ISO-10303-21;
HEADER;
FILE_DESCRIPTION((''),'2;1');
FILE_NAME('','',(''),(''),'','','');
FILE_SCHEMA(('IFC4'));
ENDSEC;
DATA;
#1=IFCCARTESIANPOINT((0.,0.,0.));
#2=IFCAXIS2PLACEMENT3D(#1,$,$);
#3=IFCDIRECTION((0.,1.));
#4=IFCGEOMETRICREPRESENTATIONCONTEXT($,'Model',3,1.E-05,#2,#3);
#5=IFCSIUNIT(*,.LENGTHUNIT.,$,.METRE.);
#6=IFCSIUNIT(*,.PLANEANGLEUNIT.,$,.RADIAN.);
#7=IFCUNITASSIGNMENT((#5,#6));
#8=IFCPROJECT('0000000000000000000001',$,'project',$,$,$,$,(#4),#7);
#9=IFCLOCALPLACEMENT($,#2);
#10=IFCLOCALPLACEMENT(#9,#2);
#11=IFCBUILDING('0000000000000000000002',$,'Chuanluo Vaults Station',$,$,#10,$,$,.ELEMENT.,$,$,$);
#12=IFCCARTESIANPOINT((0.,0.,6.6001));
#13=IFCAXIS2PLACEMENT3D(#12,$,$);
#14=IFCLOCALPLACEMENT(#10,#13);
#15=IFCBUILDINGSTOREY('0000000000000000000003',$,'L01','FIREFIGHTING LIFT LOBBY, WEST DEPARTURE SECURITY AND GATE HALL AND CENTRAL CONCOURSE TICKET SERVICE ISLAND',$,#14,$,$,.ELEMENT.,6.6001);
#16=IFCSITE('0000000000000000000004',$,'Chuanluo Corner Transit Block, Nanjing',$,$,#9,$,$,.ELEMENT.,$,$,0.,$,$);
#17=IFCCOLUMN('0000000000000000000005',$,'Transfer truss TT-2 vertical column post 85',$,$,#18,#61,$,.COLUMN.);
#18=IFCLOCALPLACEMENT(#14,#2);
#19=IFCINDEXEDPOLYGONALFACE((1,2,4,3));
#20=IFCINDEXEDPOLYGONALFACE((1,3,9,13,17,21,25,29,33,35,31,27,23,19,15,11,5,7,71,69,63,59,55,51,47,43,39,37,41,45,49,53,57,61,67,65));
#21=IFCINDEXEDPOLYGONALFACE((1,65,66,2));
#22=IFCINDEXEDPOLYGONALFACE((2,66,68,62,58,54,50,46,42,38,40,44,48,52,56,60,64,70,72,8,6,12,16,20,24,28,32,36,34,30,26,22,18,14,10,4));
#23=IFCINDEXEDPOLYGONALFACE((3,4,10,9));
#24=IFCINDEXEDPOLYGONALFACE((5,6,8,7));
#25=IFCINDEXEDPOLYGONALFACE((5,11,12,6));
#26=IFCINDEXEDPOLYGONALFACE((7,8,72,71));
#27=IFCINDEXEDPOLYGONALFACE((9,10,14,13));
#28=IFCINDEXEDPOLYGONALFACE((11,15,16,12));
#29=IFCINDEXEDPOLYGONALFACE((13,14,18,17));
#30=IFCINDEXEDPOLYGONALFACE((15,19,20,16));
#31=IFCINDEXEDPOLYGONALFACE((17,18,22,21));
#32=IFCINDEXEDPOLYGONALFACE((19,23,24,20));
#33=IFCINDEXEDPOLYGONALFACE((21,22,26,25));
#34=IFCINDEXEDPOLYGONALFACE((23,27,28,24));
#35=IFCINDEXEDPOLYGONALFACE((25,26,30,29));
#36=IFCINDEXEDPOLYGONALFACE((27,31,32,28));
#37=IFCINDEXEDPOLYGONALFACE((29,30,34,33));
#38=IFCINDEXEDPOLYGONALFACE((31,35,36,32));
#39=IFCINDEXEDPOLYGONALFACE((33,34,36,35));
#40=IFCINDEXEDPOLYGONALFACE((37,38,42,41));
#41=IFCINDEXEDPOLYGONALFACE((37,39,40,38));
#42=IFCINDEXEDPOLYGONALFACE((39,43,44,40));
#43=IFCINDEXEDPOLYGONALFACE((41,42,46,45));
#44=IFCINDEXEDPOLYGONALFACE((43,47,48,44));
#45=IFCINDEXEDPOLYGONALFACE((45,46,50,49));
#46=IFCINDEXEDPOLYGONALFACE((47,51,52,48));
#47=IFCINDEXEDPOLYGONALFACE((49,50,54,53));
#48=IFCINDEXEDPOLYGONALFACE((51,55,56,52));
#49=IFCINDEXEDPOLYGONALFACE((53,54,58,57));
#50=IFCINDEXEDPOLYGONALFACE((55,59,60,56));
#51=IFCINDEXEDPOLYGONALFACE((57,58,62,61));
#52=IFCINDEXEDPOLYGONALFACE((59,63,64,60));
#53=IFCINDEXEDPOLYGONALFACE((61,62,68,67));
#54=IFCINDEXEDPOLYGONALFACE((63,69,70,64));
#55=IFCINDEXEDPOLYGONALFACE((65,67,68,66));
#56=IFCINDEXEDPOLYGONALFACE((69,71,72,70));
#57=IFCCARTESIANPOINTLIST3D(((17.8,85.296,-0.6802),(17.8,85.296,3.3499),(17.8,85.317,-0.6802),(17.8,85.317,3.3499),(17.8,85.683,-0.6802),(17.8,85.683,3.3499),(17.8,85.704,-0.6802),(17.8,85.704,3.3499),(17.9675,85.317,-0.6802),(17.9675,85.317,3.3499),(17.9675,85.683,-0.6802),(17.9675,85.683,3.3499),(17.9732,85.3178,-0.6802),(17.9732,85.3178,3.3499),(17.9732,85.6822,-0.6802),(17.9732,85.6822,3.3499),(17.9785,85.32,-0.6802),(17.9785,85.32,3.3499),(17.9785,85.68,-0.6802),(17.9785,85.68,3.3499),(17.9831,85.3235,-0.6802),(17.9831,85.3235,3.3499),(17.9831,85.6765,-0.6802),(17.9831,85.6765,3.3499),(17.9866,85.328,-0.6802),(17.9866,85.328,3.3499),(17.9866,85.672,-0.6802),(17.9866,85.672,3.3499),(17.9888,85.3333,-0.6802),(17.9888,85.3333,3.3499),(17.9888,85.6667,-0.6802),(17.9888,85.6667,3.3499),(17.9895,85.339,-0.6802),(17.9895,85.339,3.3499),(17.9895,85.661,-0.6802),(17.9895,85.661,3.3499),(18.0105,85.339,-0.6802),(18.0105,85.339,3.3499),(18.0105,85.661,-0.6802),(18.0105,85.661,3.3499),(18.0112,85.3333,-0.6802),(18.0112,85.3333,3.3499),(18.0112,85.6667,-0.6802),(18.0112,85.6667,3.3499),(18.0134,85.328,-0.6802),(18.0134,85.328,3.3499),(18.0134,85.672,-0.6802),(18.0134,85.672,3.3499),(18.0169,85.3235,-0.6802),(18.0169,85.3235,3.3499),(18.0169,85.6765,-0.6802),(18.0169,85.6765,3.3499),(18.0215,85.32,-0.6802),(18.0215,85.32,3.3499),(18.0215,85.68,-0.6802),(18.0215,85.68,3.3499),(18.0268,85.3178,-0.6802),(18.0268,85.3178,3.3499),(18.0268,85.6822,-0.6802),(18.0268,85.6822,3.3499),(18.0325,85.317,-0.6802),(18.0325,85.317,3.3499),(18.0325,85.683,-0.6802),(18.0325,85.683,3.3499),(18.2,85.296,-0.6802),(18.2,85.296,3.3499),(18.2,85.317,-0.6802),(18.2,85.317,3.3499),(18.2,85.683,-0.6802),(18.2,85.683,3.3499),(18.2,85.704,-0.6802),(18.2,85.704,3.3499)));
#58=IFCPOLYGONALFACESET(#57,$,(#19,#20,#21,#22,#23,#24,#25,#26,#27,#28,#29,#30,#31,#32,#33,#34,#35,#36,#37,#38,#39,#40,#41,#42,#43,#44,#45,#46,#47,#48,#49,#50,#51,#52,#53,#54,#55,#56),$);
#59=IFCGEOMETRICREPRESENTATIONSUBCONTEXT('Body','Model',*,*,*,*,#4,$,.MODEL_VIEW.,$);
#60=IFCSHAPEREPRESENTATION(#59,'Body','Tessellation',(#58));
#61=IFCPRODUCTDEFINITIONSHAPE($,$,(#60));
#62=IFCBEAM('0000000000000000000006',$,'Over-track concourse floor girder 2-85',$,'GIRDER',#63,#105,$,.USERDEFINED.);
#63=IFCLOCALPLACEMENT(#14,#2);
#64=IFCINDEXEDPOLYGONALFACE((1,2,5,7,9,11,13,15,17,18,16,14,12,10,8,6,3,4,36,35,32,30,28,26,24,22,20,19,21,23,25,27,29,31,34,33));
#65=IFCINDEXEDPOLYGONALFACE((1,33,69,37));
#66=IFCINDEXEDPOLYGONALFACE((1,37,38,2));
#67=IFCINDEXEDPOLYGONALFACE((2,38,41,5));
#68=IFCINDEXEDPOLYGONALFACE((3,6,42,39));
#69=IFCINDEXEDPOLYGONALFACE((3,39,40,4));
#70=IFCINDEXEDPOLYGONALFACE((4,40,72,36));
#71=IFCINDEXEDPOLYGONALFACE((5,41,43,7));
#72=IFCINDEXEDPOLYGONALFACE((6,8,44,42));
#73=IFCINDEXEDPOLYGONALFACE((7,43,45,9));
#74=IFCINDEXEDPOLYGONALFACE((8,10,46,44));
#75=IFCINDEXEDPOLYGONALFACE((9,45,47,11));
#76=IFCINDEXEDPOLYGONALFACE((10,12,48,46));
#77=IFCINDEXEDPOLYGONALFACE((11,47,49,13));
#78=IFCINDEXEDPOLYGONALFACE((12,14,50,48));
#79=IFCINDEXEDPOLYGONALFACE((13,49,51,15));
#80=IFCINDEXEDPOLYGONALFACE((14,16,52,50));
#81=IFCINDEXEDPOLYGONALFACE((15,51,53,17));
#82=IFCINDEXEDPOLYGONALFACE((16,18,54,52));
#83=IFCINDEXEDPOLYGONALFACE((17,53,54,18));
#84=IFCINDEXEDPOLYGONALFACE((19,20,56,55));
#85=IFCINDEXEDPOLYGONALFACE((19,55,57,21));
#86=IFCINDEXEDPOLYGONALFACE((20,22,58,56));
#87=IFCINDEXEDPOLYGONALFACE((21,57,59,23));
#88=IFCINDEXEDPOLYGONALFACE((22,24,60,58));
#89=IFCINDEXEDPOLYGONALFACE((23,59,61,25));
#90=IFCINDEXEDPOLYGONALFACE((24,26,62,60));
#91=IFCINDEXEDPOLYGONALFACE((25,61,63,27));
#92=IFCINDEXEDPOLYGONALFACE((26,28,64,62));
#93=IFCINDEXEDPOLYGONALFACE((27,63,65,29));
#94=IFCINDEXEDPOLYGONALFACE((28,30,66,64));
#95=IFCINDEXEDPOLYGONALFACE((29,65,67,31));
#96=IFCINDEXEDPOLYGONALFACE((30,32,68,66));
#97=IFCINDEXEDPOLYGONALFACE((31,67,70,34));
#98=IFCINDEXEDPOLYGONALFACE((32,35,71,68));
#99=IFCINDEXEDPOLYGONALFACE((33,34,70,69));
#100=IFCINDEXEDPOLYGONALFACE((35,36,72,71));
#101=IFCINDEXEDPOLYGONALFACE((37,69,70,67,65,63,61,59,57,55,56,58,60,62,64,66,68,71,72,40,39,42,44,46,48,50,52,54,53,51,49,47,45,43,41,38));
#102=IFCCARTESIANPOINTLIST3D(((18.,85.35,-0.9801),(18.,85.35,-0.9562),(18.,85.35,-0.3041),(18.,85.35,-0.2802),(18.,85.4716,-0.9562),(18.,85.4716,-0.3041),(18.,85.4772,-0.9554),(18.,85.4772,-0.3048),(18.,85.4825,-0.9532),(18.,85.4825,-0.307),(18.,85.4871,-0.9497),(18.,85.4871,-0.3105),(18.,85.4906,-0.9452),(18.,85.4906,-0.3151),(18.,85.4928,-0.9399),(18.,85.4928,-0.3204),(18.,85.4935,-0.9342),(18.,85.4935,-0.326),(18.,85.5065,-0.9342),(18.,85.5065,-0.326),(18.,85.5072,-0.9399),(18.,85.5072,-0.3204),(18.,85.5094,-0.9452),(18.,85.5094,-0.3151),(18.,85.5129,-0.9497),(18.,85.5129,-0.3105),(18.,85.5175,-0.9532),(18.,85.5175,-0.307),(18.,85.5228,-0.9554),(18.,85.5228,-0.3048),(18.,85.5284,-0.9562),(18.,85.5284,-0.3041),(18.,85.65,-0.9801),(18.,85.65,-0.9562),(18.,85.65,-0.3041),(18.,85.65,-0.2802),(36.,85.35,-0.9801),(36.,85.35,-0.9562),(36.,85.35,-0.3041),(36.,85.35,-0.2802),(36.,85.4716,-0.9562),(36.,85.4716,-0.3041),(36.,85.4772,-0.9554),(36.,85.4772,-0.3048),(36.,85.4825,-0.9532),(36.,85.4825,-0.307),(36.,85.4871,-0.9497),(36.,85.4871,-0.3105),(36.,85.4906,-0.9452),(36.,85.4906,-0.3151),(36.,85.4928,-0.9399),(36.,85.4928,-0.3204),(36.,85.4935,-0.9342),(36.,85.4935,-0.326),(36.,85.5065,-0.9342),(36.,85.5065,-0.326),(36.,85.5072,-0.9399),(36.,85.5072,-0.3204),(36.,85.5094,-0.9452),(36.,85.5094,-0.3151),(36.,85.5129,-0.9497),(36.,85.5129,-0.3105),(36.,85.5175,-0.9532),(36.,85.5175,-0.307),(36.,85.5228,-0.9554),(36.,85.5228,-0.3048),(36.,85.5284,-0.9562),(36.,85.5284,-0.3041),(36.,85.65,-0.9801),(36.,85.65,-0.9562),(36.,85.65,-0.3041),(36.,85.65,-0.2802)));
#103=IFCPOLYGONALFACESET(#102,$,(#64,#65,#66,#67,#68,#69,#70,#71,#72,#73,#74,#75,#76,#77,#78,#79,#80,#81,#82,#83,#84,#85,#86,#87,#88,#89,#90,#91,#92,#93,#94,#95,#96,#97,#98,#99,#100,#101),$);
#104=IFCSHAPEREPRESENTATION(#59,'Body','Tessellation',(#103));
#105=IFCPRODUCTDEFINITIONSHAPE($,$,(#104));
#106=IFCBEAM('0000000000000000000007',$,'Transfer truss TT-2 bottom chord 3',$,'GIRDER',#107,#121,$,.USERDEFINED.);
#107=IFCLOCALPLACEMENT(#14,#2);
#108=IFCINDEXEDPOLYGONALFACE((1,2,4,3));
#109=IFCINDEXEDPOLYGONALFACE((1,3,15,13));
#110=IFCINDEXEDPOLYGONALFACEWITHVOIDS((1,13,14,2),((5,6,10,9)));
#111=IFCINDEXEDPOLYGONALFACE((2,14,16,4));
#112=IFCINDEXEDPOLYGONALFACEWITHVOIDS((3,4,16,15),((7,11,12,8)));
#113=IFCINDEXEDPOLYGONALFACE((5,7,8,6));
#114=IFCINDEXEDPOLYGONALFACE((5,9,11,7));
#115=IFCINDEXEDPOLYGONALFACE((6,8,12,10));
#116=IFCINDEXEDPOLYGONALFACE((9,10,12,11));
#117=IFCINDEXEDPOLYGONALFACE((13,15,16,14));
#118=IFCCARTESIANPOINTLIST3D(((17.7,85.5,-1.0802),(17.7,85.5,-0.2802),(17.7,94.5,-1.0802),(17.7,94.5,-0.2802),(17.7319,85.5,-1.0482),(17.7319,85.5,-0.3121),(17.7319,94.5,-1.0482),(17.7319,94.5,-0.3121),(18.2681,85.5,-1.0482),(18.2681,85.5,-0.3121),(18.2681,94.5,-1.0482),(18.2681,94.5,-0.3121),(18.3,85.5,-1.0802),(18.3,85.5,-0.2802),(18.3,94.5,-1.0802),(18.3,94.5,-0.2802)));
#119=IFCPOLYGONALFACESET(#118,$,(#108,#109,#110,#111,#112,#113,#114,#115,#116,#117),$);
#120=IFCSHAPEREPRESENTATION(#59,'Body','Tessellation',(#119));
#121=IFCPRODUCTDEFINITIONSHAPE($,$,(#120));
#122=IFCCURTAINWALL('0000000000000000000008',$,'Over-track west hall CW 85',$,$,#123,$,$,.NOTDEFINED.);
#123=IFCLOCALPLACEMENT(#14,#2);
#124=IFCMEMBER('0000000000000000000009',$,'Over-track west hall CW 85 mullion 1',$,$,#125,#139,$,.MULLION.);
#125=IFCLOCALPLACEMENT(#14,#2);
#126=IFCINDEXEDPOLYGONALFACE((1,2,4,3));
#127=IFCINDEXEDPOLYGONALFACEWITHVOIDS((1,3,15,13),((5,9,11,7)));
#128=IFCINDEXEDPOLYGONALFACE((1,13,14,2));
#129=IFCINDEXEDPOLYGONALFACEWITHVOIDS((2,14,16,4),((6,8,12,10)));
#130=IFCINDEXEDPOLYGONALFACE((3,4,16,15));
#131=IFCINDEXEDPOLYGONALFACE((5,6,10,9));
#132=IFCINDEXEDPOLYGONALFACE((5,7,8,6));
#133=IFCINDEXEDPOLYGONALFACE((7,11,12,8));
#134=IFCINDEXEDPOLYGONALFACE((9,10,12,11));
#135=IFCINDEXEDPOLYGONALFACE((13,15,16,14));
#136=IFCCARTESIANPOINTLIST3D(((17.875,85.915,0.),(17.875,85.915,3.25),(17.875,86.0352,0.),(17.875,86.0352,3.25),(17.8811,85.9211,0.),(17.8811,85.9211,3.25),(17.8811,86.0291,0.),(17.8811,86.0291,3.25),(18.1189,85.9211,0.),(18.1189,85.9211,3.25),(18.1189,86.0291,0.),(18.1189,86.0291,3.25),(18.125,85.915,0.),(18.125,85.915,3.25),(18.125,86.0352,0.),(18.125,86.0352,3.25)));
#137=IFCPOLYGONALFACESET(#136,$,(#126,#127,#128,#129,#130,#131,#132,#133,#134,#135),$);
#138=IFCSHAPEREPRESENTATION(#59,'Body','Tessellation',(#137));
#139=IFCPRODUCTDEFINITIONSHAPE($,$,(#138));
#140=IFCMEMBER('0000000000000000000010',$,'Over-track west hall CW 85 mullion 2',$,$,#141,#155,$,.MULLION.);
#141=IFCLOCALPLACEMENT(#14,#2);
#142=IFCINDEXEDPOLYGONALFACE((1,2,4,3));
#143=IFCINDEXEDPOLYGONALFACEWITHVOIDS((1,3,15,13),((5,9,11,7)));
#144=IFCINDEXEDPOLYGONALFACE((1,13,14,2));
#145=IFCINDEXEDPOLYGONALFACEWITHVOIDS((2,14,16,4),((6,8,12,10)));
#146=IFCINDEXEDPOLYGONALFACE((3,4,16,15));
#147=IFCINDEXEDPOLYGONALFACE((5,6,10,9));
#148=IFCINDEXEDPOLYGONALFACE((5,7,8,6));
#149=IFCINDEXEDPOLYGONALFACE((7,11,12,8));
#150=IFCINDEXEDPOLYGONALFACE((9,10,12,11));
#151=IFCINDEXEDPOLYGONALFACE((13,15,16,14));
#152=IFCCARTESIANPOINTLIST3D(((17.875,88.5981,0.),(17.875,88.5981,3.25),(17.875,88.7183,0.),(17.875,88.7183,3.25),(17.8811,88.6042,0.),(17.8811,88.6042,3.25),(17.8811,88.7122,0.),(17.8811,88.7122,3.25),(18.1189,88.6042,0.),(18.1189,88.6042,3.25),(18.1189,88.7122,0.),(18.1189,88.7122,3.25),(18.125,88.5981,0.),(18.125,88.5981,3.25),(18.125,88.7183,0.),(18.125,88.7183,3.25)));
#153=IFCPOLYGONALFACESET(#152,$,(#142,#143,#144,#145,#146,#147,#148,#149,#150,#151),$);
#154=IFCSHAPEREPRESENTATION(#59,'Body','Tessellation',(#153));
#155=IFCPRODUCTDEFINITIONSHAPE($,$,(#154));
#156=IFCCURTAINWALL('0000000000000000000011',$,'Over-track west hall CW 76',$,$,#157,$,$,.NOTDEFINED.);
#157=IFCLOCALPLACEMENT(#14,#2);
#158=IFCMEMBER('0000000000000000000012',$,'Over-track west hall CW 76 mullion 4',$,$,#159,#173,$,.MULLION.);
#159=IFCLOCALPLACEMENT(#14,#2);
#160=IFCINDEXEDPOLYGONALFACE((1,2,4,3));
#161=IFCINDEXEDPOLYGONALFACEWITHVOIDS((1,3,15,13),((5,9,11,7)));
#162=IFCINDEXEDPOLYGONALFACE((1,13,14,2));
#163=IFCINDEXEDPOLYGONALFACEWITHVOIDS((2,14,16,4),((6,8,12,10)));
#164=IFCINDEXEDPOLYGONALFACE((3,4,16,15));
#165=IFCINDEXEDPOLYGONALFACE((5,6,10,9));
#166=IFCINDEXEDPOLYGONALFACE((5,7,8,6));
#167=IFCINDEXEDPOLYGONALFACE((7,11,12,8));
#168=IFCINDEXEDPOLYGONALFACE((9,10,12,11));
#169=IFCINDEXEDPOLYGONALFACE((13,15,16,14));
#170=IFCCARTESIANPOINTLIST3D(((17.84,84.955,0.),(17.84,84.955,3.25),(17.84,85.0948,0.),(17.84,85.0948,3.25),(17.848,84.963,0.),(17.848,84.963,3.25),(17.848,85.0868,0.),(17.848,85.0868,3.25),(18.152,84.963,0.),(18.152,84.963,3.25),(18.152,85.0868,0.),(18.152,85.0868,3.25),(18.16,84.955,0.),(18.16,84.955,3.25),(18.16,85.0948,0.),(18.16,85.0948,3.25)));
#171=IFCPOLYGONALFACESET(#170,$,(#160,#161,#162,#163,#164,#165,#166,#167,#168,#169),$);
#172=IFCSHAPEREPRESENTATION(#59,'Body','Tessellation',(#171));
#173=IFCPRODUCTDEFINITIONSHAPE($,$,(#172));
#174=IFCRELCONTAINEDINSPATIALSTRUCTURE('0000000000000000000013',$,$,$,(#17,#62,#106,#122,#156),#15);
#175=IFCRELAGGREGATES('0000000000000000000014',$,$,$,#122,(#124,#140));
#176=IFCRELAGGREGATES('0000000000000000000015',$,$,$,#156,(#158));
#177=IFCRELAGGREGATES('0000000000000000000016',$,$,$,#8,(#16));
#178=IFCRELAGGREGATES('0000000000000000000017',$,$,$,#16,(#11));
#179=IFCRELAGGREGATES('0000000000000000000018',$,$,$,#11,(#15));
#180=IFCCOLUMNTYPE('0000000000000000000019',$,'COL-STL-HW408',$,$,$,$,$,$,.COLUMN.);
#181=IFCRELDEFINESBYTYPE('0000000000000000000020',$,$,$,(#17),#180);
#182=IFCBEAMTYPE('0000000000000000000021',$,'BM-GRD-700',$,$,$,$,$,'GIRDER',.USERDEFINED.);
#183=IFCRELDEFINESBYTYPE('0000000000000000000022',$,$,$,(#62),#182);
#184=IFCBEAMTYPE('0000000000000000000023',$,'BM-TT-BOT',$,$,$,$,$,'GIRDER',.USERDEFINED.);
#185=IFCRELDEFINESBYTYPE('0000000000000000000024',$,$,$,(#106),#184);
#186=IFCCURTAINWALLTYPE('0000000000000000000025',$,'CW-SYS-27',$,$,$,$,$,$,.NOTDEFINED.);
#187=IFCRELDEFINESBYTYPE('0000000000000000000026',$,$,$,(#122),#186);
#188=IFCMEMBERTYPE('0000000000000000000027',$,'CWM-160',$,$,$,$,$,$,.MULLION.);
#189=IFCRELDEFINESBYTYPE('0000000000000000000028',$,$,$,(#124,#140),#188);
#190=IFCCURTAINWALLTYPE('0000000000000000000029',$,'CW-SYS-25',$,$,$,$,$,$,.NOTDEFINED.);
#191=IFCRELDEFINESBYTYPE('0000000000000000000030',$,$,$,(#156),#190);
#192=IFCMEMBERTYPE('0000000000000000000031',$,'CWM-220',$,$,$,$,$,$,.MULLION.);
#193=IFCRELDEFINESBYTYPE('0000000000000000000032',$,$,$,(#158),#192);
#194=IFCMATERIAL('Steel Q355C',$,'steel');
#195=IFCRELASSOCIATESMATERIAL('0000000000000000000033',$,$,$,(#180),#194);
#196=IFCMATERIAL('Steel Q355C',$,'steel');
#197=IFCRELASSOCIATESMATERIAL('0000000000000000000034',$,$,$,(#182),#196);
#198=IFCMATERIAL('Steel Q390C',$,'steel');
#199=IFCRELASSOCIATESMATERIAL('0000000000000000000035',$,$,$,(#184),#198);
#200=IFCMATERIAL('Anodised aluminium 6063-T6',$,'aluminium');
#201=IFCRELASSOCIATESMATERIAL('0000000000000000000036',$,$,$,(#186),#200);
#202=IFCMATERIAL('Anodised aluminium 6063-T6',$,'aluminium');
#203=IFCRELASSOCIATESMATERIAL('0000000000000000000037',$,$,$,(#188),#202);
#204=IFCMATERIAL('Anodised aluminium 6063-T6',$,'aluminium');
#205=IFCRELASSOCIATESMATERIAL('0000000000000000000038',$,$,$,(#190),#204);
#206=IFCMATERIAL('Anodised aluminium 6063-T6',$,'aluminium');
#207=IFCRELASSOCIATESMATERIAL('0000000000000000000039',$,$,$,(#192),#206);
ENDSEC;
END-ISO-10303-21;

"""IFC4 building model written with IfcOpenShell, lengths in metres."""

from ifc_helpers import new_model, si_unit, direction, frame, origin, origin_2d, place, context, subcontext, project, spatial, hollow_rectangle, i_section, extrude, material, material_profile, profile_set, type_object, element, aggregate, save


model = new_model("IFC4")

# Units and contexts
model_context = context("Model", 3, precision=1e-05, world=origin(), true_north=direction((0.0, 1.0)))
body_context = subcontext(model_context, "Body", "Model", "MODEL_VIEW")
ifc_project = project(units=[si_unit("LENGTHUNIT", "METRE"), si_unit("PLANEANGLEUNIT", "RADIAN")], contexts=[model_context])

# Site, building, storey
site_placement = place(None, origin())
site = spatial("IfcSite", under=ifc_project, at=site_placement, Name="Chuanluo Corner Transit Block, Nanjing", CompositionType="ELEMENT", RefElevation=0.0)
building_placement = place(site_placement, origin())
building = spatial("IfcBuilding", under=site, at=building_placement, Name="Chuanluo Vaults Station", CompositionType="ELEMENT")
storey_placement = place(building_placement, frame((0.0, 0.0, 6.6001)))
storey = spatial("IfcBuildingStorey", under=building, at=storey_placement, Name="L01", Description="FIREFIGHTING LIFT LOBBY, WEST DEPARTURE SECURITY AND GATE HALL AND CENTRAL CONCOURSE TICKET SERVICE ISLAND", CompositionType="ELEMENT", Elevation=6.6001)

# Column
ifc_material_1 = material(Name="Steel Q355C", Category="steel")
ifc_material_profile_1 = material_profile(ifc_material_1, i_section(OverallWidth=0.3999, OverallDepth=0.408, WebThickness=0.021, FlangeThickness=0.021, FilletRadius=0.022, at=origin_2d()))
ifc_profile_set_1 = profile_set([ifc_material_profile_1], Name="Steel Q355C")
column_type = type_object("IfcColumnType", Name="COL-STL-HW408", PredefinedType="COLUMN", material=ifc_profile_set_1)
column_placement = place(storey_placement, frame((18.0, 85.5, -0.6802), z_axis=(0.0, 0.0, 1.0), x_axis=(1.0, 0.0, 0.0)))
element("IfcColumn", 1, at=column_placement, inside=storey, type_object=column_type, Name="Transfer truss TT-2 vertical column post 85", PredefinedType="COLUMN", context=body_context, shape_type="SweptSolid", body=[
    extrude(i_section(OverallWidth=0.3999, OverallDepth=0.408, WebThickness=0.021, FlangeThickness=0.021, FilletRadius=0.022, at=origin_2d()), origin(), (0.0, 0.0, 1.0), 4.03),
])

# Beams
ifc_material_2 = material(Name="Steel Q355C", Category="steel")
ifc_material_profile_2 = material_profile(ifc_material_2, i_section(OverallWidth=0.3, OverallDepth=0.7, WebThickness=0.0129, FlangeThickness=0.0239, FilletRadius=0.022, at=origin_2d()))
ifc_profile_set_2 = profile_set([ifc_material_profile_2], Name="Steel Q355C")
beam_type_1 = type_object("IfcBeamType", Name="BM-GRD-700", ElementType="GIRDER", PredefinedType="USERDEFINED", material=ifc_profile_set_2)
beam_1_placement = place(storey_placement, frame((18.0, 85.5, -0.6301), z_axis=(1.0, 0.0, 0.0), x_axis=(0.0, 1.0, 0.0)))
element("IfcBeam", 2, at=beam_1_placement, inside=storey, type_object=beam_type_1, Name="Over-track concourse floor girder 2-85", ObjectType="GIRDER", PredefinedType="USERDEFINED", context=body_context, shape_type="SweptSolid", body=[
    extrude(i_section(OverallWidth=0.3, OverallDepth=0.7, WebThickness=0.0129, FlangeThickness=0.0239, FilletRadius=0.022, at=origin_2d()), origin(), (0.0, 0.0, 1.0), 18.0),
])
ifc_material_3 = material(Name="Steel Q390C", Category="steel")
ifc_material_profile_3 = material_profile(ifc_material_3, hollow_rectangle(XDim=0.6001, YDim=0.8, WallThickness=0.032, at=origin_2d()))
ifc_profile_set_3 = profile_set([ifc_material_profile_3], Name="Steel Q390C")
beam_type_2 = type_object("IfcBeamType", Name="BM-TT-BOT", ElementType="GIRDER", PredefinedType="USERDEFINED", material=ifc_profile_set_3)
beam_2_placement = place(storey_placement, frame((18.0, 85.5, -0.6802), z_axis=(0.0, 1.0, 0.0), x_axis=(-1.0, 0.0, 0.0)))
element("IfcBeam", 3, at=beam_2_placement, inside=storey, type_object=beam_type_2, Name="Transfer truss TT-2 bottom chord 3", ObjectType="GIRDER", PredefinedType="USERDEFINED", context=body_context, shape_type="SweptSolid", body=[
    extrude(hollow_rectangle(XDim=0.6001, YDim=0.8, WallThickness=0.032, at=origin_2d()), origin(), (0.0, 0.0, 1.0), 9.0),
])

# Curtain wall, members
ifc_material_4 = material(Name="Anodised aluminium 6063-T6", Category="aluminium")
curtain_wall_type_1 = type_object("IfcCurtainWallType", Name="CW-SYS-27", PredefinedType="NOTDEFINED", material=ifc_material_4)
curtain_wall_1_placement = place(storey_placement, origin())
curtain_wall_1 = element("IfcCurtainWall", 4, at=curtain_wall_1_placement, inside=storey, type_object=curtain_wall_type_1, Name="Over-track west hall CW 85", PredefinedType="NOTDEFINED")
ifc_material_5 = material(Name="Anodised aluminium 6063-T6", Category="aluminium")
ifc_material_profile_4 = material_profile(ifc_material_5, hollow_rectangle(XDim=0.1201, YDim=0.25, WallThickness=0.0061, at=origin_2d()))
ifc_profile_set_4 = profile_set([ifc_material_profile_4], Name="Anodised aluminium 6063-T6")
member_type_1 = type_object("IfcMemberType", Name="CWM-160", PredefinedType="MULLION", material=ifc_profile_set_4)
member_1_placement = place(storey_placement, frame((18.0, 85.9751, 0.0), z_axis=(0.0, 0.0, 1.0), x_axis=(0.0, 1.0, 0.0)))
member_1 = element("IfcMember", 5, at=member_1_placement, type_object=member_type_1, Name="Over-track west hall CW 85 mullion 1", PredefinedType="MULLION", context=body_context, shape_type="SweptSolid", body=[
    extrude(hollow_rectangle(XDim=0.1201, YDim=0.25, WallThickness=0.0061, at=origin_2d()), origin(), (0.0, 0.0, 1.0), 3.25),
])
member_2_placement = place(storey_placement, frame((18.0, 88.6582, 0.0), z_axis=(0.0, 0.0, 1.0), x_axis=(0.0, 1.0, 0.0)))
member_2 = element("IfcMember", 6, at=member_2_placement, type_object=member_type_1, Name="Over-track west hall CW 85 mullion 2", PredefinedType="MULLION", context=body_context, shape_type="SweptSolid", body=[
    extrude(hollow_rectangle(XDim=0.1201, YDim=0.25, WallThickness=0.0061, at=origin_2d()), origin(), (0.0, 0.0, 1.0), 3.25),
])

# Curtain wall, member
ifc_material_6 = material(Name="Anodised aluminium 6063-T6", Category="aluminium")
curtain_wall_type_2 = type_object("IfcCurtainWallType", Name="CW-SYS-25", PredefinedType="NOTDEFINED", material=ifc_material_6)
curtain_wall_2_placement = place(storey_placement, origin())
curtain_wall_2 = element("IfcCurtainWall", 7, at=curtain_wall_2_placement, inside=storey, type_object=curtain_wall_type_2, Name="Over-track west hall CW 76", PredefinedType="NOTDEFINED")
ifc_material_7 = material(Name="Anodised aluminium 6063-T6", Category="aluminium")
ifc_material_profile_5 = material_profile(ifc_material_7, hollow_rectangle(XDim=0.1399, YDim=0.3201, WallThickness=0.0081, at=origin_2d()))
ifc_profile_set_5 = profile_set([ifc_material_profile_5], Name="Anodised aluminium 6063-T6")
member_type_2 = type_object("IfcMemberType", Name="CWM-220", PredefinedType="MULLION", material=ifc_profile_set_5)
member_3_placement = place(storey_placement, frame((18.0, 85.0249, 0.0), z_axis=(0.0, 0.0, 1.0), x_axis=(0.0, 1.0, 0.0)))
member_3 = element("IfcMember", 8, at=member_3_placement, type_object=member_type_2, Name="Over-track west hall CW 76 mullion 4", PredefinedType="MULLION", context=body_context, shape_type="SweptSolid", body=[
    extrude(hollow_rectangle(XDim=0.1399, YDim=0.3201, WallThickness=0.0081, at=origin_2d()), origin(), (0.0, 0.0, 1.0), 3.25),
])

aggregate(curtain_wall_1, [member_1, member_2])
aggregate(curtain_wall_2, [member_3])

save(model, "model.ifc")
